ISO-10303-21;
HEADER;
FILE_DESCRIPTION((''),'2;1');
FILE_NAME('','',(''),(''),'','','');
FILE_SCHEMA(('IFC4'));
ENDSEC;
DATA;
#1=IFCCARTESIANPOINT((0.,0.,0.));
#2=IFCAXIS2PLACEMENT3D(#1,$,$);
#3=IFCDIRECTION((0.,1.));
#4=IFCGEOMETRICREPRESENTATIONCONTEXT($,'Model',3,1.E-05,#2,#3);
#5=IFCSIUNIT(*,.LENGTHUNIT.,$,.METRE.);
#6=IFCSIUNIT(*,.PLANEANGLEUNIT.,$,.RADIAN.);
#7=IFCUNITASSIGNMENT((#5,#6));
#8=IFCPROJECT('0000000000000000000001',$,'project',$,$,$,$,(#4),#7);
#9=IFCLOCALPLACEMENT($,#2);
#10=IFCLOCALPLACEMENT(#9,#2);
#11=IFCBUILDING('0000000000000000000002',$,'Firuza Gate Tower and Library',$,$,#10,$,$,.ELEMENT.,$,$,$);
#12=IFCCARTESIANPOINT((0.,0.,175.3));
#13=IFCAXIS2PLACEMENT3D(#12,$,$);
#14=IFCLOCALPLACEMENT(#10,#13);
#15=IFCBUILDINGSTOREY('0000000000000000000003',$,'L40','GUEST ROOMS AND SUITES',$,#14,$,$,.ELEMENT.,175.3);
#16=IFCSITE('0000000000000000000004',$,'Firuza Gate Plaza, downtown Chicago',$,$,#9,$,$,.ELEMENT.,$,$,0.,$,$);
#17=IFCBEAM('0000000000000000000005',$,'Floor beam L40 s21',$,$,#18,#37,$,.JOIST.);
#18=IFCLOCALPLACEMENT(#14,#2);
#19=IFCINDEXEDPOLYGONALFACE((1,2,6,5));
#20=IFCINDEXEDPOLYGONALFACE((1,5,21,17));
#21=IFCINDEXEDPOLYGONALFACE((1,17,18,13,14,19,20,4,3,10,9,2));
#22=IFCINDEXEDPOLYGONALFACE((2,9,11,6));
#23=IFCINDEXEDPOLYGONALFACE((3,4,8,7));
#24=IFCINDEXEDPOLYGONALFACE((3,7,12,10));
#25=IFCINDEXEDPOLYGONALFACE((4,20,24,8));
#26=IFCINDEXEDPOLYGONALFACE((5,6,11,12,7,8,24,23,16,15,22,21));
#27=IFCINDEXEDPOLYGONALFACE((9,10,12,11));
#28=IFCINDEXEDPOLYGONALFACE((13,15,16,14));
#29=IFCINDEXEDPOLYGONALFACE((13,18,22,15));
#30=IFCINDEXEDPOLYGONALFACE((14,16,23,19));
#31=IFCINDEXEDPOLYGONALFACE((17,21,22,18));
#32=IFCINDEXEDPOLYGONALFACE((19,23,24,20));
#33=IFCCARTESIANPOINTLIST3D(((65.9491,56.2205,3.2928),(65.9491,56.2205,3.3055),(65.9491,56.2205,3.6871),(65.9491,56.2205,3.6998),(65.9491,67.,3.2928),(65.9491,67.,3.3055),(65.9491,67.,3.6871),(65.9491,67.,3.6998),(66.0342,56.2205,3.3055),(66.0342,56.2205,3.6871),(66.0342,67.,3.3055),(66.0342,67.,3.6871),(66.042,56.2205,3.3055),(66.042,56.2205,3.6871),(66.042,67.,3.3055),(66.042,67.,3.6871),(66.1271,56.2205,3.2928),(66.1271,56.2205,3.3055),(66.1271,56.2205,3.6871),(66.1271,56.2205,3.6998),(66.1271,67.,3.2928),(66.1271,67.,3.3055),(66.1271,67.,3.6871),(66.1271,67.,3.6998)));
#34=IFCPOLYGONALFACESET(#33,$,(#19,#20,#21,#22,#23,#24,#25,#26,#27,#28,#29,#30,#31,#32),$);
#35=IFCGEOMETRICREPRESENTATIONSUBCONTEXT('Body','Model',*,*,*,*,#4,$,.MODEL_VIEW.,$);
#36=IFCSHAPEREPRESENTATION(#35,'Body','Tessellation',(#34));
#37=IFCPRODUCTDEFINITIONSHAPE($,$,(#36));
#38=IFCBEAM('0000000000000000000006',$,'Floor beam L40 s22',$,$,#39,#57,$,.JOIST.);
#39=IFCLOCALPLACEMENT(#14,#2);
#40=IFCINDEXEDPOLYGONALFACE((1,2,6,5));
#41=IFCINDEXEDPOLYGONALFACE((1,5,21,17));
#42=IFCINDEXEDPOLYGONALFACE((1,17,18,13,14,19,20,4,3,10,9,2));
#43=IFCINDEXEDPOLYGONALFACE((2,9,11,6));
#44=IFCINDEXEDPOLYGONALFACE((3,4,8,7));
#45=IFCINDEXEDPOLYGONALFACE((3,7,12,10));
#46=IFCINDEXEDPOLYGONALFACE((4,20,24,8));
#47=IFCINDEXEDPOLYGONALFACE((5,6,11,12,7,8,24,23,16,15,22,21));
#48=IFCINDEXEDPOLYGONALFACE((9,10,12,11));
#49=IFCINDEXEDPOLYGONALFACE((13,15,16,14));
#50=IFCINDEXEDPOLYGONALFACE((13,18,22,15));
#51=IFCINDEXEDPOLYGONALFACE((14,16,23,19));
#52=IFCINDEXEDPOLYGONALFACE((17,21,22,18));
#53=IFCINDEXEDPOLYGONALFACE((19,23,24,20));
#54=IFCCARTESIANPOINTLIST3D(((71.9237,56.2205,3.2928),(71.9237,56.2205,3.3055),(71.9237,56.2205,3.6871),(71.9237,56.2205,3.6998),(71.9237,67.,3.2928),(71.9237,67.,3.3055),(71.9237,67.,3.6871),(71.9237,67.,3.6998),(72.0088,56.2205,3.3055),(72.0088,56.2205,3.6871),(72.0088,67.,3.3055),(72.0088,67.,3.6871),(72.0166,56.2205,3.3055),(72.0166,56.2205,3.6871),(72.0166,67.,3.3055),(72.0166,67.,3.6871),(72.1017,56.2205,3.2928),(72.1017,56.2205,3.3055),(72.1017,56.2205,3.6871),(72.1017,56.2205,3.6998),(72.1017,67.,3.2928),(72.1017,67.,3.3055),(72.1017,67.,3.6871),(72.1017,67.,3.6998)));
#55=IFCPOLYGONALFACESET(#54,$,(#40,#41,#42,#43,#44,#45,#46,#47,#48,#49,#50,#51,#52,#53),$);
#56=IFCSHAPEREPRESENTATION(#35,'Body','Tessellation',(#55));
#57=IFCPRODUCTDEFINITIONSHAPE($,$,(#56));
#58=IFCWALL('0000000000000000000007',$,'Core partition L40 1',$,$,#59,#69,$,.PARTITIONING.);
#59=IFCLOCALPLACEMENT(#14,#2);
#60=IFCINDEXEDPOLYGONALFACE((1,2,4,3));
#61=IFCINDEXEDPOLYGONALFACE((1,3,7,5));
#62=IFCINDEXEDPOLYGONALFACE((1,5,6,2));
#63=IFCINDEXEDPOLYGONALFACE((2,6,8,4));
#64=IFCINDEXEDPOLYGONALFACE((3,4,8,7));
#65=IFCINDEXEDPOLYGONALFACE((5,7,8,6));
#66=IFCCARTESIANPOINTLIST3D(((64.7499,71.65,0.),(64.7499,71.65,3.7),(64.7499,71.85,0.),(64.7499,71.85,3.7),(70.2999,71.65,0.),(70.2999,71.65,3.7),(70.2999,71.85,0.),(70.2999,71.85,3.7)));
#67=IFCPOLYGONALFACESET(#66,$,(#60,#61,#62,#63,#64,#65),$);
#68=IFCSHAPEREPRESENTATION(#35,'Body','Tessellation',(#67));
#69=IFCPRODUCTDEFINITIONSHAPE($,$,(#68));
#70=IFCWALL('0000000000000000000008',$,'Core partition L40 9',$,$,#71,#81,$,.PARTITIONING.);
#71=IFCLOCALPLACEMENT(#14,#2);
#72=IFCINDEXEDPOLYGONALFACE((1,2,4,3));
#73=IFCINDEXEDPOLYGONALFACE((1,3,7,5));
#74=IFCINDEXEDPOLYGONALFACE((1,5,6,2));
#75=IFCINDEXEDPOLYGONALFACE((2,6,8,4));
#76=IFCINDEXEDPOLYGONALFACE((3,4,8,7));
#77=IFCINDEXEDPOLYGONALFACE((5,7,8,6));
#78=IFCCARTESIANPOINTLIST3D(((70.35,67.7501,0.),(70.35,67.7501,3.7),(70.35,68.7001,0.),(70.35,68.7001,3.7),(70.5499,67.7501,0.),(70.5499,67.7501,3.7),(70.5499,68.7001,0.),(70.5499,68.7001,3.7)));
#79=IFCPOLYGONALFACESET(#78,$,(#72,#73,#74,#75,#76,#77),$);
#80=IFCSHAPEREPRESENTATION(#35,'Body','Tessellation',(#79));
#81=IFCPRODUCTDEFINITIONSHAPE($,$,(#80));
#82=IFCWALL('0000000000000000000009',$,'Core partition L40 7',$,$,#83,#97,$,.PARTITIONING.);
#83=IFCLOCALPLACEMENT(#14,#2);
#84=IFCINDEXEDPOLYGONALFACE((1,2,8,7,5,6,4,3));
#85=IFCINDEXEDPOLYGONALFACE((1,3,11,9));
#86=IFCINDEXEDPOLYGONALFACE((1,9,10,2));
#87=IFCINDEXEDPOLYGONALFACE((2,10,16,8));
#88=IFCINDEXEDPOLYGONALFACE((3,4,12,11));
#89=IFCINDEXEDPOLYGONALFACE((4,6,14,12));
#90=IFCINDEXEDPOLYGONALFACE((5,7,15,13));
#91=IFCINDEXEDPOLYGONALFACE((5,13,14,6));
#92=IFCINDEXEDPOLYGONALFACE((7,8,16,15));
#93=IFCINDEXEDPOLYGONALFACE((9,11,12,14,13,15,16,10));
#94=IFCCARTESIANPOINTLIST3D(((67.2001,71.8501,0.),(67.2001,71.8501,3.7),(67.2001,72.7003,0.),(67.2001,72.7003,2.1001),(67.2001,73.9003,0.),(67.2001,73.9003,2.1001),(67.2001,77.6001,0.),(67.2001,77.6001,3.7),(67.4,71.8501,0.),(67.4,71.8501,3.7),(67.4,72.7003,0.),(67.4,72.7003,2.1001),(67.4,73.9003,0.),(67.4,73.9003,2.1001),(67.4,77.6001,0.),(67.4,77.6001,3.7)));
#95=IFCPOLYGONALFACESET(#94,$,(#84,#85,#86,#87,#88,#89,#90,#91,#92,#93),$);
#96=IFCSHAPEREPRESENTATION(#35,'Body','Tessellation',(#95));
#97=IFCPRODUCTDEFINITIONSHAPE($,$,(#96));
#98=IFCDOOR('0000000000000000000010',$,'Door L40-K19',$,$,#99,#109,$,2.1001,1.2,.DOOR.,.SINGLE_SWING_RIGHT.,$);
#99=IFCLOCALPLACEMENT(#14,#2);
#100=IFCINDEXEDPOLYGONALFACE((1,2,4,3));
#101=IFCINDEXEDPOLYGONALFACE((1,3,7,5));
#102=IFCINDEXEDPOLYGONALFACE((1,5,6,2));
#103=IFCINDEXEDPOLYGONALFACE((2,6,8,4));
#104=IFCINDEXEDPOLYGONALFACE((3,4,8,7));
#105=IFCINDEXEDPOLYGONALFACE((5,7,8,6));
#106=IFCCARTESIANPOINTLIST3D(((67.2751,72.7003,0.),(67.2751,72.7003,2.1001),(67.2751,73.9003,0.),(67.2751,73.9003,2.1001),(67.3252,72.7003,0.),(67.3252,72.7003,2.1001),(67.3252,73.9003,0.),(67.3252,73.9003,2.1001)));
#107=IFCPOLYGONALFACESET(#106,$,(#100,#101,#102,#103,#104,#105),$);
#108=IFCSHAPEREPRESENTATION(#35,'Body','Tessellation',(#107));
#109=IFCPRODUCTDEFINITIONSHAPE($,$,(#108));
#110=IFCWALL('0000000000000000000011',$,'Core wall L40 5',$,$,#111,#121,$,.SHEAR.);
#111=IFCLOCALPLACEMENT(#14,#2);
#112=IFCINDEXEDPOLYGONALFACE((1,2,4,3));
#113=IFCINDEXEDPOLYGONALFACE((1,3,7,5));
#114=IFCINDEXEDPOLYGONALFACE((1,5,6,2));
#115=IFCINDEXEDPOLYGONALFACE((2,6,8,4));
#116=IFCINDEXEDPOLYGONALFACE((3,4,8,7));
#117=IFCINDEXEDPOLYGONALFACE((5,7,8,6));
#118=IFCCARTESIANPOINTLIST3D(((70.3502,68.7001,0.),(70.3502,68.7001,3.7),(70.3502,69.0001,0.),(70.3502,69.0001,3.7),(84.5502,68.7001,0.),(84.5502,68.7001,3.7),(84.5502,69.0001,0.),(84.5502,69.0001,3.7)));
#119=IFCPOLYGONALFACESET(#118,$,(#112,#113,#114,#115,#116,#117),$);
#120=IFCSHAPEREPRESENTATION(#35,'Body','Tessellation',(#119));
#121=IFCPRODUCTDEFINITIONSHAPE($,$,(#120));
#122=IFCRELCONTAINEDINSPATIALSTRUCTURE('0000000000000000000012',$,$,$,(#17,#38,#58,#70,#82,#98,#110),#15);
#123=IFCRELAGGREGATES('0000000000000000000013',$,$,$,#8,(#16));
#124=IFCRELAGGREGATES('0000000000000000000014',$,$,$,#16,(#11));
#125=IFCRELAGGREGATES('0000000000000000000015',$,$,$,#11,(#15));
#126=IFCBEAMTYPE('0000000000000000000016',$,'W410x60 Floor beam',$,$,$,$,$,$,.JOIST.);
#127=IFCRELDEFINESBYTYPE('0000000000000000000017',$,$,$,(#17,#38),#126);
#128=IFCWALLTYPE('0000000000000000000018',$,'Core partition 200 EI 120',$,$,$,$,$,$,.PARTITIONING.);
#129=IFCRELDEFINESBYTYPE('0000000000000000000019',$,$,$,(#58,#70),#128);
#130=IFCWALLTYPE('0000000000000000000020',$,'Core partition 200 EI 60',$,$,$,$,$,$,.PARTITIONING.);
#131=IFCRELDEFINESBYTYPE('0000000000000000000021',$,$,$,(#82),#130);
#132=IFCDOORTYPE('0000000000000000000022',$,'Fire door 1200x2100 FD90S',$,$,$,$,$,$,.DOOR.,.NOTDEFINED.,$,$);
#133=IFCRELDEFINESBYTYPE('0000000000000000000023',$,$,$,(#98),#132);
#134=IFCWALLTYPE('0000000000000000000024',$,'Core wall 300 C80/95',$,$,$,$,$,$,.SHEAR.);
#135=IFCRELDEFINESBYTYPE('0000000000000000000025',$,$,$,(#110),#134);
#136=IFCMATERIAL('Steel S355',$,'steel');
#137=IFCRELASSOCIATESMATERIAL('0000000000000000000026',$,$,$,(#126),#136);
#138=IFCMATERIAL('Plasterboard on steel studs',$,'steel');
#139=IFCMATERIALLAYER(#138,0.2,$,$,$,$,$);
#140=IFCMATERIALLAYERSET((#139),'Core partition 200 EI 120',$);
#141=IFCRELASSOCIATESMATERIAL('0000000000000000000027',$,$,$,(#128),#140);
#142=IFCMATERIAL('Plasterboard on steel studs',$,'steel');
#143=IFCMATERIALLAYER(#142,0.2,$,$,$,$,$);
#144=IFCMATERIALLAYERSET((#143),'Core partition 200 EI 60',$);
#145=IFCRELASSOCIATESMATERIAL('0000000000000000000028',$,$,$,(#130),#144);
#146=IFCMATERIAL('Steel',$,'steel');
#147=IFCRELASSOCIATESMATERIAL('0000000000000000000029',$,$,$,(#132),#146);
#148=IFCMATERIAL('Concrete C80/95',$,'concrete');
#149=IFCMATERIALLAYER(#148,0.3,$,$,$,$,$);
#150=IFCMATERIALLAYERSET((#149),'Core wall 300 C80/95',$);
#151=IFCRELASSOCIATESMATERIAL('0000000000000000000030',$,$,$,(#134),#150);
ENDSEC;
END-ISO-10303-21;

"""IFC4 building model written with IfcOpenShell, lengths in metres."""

from ifc_helpers import new_model, si_unit, direction, frame, frame_2d, origin, origin_2d, place, context, subcontext, project, spatial, rectangle, i_section, extrude, material, layer, layer_set, material_profile, profile_set, type_object, element, fill, save


model = new_model("IFC4")

# Units and contexts
model_context = context("Model", 3, precision=1e-05, world=origin(), true_north=direction((0.0, 1.0)))
body_context = subcontext(model_context, "Body", "Model", "MODEL_VIEW")
ifc_project = project(units=[si_unit("LENGTHUNIT", "METRE"), si_unit("PLANEANGLEUNIT", "RADIAN")], contexts=[model_context])

# Site, building, storey
site_placement = place(None, origin())
site = spatial("IfcSite", under=ifc_project, at=site_placement, Name="Firuza Gate Plaza, downtown Chicago", CompositionType="ELEMENT", RefElevation=0.0)
building_placement = place(site_placement, origin())
building = spatial("IfcBuilding", under=site, at=building_placement, Name="Firuza Gate Tower and Library", CompositionType="ELEMENT")
storey_placement = place(building_placement, frame((0.0, 0.0, 175.3)))
storey = spatial("IfcBuildingStorey", under=building, at=storey_placement, Name="L40", Description="GUEST ROOMS AND SUITES", CompositionType="ELEMENT", Elevation=175.3)

# Beams
ifc_material_1 = material(Name="Steel S355", Category="steel")
ifc_material_profile = material_profile(ifc_material_1, i_section(OverallWidth=0.178, OverallDepth=0.407, WebThickness=0.0078, FlangeThickness=0.0127, at=origin_2d()))
ifc_profile_set = profile_set([ifc_material_profile], Name="Steel S355")
beam_type = type_object("IfcBeamType", Name="W410x60 Floor beam", PredefinedType="JOIST", material=ifc_profile_set)
for number, where, z_axis, x_axis, name in (
    (1, (66.0381, 56.2205, 3.4963), (0.0, 1.0, 0.0), (-1.0, 0.0, 0.0), "Floor beam L40 s21"),
    (2, (72.0127, 56.2205, 3.4963), (0.0, 1.0, 0.0), (-1.0, 0.0, 0.0), "Floor beam L40 s22"),
):
    element("IfcBeam", number, at=place(storey_placement, frame(where, z_axis=z_axis, x_axis=x_axis)), inside=storey, type_object=beam_type, Name=name, PredefinedType="JOIST", context=body_context, shape_type="SweptSolid", body=[
        extrude(i_section(OverallWidth=0.178, OverallDepth=0.407, WebThickness=0.0078, FlangeThickness=0.0127, at=origin_2d()), origin(), (0.0, 0.0, 1.0), 10.7795),
    ])

# Walls
ifc_material_2 = material(Name="Plasterboard on steel studs", Category="steel")
ifc_layer_1 = layer(ifc_material_2, 0.2)
ifc_layer_set_1 = layer_set([ifc_layer_1], Name="Core partition 200 EI 120")
wall_type_1 = type_object("IfcWallType", Name="Core partition 200 EI 120", PredefinedType="PARTITIONING", material=ifc_layer_set_1)
wall_1_placement = place(storey_placement, frame((64.75, 71.75, 0.0), z_axis=(0.0, 0.0, 1.0), x_axis=(1.0, 0.0, 0.0)))
element("IfcWall", 3, at=wall_1_placement, inside=storey, type_object=wall_type_1, Name="Core partition L40 1", PredefinedType="PARTITIONING", context=body_context, shape_type="SweptSolid", body=[
    extrude(rectangle(XDim=5.55, YDim=0.2, at=frame_2d((2.7749, 0.0))), origin(), (0.0, 0.0, 1.0), 3.7),
])
wall_2_placement = place(storey_placement, frame((70.45, 67.75, 0.0), z_axis=(0.0, 0.0, 1.0), x_axis=(0.0, 1.0, 0.0)))
element("IfcWall", 4, at=wall_2_placement, inside=storey, type_object=wall_type_1, Name="Core partition L40 9", PredefinedType="PARTITIONING", context=body_context, shape_type="SweptSolid", body=[
    extrude(rectangle(XDim=0.95, YDim=0.2, at=frame_2d((0.4751, 0.0))), origin(), (0.0, 0.0, 1.0), 3.7),
])

# Wall, opening, door
ifc_material_3 = material(Name="Plasterboard on steel studs", Category="steel")
ifc_layer_2 = layer(ifc_material_3, 0.2)
ifc_layer_set_2 = layer_set([ifc_layer_2], Name="Core partition 200 EI 60")
wall_type_2 = type_object("IfcWallType", Name="Core partition 200 EI 60", PredefinedType="PARTITIONING", material=ifc_layer_set_2)
wall_3_placement = place(storey_placement, frame((67.3, 71.8501, 0.0), z_axis=(0.0, 0.0, 1.0), x_axis=(0.0, 1.0, 0.0)))
wall_3 = element("IfcWall", 5, at=wall_3_placement, inside=storey, type_object=wall_type_2, Name="Core partition L40 7", PredefinedType="PARTITIONING", context=body_context, shape_type="SweptSolid", body=[
    extrude(rectangle(XDim=5.75, YDim=0.2, at=frame_2d((2.875, 0.0))), origin(), (0.0, 0.0, 1.0), 3.7),
])
opening_1_placement = place(wall_3_placement, frame((0.8501, 0.0, 0.0)))
opening_1 = element("IfcOpeningElement", 6, at=opening_1_placement, cuts=wall_3, PredefinedType="OPENING", context=body_context, shape_type="SweptSolid", body=[
    extrude(rectangle(XDim=1.2, YDim=2.1001, at=frame_2d((0.6001, 1.05))), frame((0.0, 0.1099, 0.0), z_axis=(0.0, -1.0, 0.0), x_axis=(1.0, 0.0, 0.0)), (0.0, 0.0, 1.0), 0.22),
])
ifc_material_4 = material(Name="Steel", Category="steel")
door_type_1 = type_object("IfcDoorType", Name="Fire door 1200x2100 FD90S", OperationType="NOTDEFINED", PredefinedType="DOOR", material=ifc_material_4)
door_1_placement = place(opening_1_placement, origin())
door_1 = element("IfcDoor", 7, at=door_1_placement, inside=storey, type_object=door_type_1, Name="Door L40-K19", OperationType="SINGLE_SWING_RIGHT", OverallHeight=2.1001, OverallWidth=1.2, PredefinedType="DOOR", context=body_context, shape_type="SweptSolid", body=[
    extrude(rectangle(XDim=1.2, YDim=2.1001, at=frame_2d((0.6001, 1.05))), frame((0.0, 0.0249, 0.0), z_axis=(0.0, -1.0, 0.0), x_axis=(1.0, 0.0, 0.0)), (0.0, 0.0, 1.0), 0.05),
])
fill(opening_1, door_1)

# Wall
ifc_material_5 = material(Name="Concrete C80/95", Category="concrete")
ifc_layer_3 = layer(ifc_material_5, 0.3)
ifc_layer_set_3 = layer_set([ifc_layer_3], Name="Core wall 300 C80/95")
wall_type_3 = type_object("IfcWallType", Name="Core wall 300 C80/95", PredefinedType="SHEAR", material=ifc_layer_set_3)
wall_4_placement = place(storey_placement, frame((70.3501, 68.8501, 0.0), z_axis=(0.0, 0.0, 1.0), x_axis=(1.0, 0.0, 0.0)))
element("IfcWall", 8, at=wall_4_placement, inside=storey, type_object=wall_type_3, Name="Core wall L40 5", PredefinedType="SHEAR", context=body_context, shape_type="SweptSolid", body=[
    extrude(rectangle(XDim=14.2, YDim=0.3, at=frame_2d((7.1001, 0.0))), origin(), (0.0, 0.0, 1.0), 3.7),
])

save(model, "model.ifc")
